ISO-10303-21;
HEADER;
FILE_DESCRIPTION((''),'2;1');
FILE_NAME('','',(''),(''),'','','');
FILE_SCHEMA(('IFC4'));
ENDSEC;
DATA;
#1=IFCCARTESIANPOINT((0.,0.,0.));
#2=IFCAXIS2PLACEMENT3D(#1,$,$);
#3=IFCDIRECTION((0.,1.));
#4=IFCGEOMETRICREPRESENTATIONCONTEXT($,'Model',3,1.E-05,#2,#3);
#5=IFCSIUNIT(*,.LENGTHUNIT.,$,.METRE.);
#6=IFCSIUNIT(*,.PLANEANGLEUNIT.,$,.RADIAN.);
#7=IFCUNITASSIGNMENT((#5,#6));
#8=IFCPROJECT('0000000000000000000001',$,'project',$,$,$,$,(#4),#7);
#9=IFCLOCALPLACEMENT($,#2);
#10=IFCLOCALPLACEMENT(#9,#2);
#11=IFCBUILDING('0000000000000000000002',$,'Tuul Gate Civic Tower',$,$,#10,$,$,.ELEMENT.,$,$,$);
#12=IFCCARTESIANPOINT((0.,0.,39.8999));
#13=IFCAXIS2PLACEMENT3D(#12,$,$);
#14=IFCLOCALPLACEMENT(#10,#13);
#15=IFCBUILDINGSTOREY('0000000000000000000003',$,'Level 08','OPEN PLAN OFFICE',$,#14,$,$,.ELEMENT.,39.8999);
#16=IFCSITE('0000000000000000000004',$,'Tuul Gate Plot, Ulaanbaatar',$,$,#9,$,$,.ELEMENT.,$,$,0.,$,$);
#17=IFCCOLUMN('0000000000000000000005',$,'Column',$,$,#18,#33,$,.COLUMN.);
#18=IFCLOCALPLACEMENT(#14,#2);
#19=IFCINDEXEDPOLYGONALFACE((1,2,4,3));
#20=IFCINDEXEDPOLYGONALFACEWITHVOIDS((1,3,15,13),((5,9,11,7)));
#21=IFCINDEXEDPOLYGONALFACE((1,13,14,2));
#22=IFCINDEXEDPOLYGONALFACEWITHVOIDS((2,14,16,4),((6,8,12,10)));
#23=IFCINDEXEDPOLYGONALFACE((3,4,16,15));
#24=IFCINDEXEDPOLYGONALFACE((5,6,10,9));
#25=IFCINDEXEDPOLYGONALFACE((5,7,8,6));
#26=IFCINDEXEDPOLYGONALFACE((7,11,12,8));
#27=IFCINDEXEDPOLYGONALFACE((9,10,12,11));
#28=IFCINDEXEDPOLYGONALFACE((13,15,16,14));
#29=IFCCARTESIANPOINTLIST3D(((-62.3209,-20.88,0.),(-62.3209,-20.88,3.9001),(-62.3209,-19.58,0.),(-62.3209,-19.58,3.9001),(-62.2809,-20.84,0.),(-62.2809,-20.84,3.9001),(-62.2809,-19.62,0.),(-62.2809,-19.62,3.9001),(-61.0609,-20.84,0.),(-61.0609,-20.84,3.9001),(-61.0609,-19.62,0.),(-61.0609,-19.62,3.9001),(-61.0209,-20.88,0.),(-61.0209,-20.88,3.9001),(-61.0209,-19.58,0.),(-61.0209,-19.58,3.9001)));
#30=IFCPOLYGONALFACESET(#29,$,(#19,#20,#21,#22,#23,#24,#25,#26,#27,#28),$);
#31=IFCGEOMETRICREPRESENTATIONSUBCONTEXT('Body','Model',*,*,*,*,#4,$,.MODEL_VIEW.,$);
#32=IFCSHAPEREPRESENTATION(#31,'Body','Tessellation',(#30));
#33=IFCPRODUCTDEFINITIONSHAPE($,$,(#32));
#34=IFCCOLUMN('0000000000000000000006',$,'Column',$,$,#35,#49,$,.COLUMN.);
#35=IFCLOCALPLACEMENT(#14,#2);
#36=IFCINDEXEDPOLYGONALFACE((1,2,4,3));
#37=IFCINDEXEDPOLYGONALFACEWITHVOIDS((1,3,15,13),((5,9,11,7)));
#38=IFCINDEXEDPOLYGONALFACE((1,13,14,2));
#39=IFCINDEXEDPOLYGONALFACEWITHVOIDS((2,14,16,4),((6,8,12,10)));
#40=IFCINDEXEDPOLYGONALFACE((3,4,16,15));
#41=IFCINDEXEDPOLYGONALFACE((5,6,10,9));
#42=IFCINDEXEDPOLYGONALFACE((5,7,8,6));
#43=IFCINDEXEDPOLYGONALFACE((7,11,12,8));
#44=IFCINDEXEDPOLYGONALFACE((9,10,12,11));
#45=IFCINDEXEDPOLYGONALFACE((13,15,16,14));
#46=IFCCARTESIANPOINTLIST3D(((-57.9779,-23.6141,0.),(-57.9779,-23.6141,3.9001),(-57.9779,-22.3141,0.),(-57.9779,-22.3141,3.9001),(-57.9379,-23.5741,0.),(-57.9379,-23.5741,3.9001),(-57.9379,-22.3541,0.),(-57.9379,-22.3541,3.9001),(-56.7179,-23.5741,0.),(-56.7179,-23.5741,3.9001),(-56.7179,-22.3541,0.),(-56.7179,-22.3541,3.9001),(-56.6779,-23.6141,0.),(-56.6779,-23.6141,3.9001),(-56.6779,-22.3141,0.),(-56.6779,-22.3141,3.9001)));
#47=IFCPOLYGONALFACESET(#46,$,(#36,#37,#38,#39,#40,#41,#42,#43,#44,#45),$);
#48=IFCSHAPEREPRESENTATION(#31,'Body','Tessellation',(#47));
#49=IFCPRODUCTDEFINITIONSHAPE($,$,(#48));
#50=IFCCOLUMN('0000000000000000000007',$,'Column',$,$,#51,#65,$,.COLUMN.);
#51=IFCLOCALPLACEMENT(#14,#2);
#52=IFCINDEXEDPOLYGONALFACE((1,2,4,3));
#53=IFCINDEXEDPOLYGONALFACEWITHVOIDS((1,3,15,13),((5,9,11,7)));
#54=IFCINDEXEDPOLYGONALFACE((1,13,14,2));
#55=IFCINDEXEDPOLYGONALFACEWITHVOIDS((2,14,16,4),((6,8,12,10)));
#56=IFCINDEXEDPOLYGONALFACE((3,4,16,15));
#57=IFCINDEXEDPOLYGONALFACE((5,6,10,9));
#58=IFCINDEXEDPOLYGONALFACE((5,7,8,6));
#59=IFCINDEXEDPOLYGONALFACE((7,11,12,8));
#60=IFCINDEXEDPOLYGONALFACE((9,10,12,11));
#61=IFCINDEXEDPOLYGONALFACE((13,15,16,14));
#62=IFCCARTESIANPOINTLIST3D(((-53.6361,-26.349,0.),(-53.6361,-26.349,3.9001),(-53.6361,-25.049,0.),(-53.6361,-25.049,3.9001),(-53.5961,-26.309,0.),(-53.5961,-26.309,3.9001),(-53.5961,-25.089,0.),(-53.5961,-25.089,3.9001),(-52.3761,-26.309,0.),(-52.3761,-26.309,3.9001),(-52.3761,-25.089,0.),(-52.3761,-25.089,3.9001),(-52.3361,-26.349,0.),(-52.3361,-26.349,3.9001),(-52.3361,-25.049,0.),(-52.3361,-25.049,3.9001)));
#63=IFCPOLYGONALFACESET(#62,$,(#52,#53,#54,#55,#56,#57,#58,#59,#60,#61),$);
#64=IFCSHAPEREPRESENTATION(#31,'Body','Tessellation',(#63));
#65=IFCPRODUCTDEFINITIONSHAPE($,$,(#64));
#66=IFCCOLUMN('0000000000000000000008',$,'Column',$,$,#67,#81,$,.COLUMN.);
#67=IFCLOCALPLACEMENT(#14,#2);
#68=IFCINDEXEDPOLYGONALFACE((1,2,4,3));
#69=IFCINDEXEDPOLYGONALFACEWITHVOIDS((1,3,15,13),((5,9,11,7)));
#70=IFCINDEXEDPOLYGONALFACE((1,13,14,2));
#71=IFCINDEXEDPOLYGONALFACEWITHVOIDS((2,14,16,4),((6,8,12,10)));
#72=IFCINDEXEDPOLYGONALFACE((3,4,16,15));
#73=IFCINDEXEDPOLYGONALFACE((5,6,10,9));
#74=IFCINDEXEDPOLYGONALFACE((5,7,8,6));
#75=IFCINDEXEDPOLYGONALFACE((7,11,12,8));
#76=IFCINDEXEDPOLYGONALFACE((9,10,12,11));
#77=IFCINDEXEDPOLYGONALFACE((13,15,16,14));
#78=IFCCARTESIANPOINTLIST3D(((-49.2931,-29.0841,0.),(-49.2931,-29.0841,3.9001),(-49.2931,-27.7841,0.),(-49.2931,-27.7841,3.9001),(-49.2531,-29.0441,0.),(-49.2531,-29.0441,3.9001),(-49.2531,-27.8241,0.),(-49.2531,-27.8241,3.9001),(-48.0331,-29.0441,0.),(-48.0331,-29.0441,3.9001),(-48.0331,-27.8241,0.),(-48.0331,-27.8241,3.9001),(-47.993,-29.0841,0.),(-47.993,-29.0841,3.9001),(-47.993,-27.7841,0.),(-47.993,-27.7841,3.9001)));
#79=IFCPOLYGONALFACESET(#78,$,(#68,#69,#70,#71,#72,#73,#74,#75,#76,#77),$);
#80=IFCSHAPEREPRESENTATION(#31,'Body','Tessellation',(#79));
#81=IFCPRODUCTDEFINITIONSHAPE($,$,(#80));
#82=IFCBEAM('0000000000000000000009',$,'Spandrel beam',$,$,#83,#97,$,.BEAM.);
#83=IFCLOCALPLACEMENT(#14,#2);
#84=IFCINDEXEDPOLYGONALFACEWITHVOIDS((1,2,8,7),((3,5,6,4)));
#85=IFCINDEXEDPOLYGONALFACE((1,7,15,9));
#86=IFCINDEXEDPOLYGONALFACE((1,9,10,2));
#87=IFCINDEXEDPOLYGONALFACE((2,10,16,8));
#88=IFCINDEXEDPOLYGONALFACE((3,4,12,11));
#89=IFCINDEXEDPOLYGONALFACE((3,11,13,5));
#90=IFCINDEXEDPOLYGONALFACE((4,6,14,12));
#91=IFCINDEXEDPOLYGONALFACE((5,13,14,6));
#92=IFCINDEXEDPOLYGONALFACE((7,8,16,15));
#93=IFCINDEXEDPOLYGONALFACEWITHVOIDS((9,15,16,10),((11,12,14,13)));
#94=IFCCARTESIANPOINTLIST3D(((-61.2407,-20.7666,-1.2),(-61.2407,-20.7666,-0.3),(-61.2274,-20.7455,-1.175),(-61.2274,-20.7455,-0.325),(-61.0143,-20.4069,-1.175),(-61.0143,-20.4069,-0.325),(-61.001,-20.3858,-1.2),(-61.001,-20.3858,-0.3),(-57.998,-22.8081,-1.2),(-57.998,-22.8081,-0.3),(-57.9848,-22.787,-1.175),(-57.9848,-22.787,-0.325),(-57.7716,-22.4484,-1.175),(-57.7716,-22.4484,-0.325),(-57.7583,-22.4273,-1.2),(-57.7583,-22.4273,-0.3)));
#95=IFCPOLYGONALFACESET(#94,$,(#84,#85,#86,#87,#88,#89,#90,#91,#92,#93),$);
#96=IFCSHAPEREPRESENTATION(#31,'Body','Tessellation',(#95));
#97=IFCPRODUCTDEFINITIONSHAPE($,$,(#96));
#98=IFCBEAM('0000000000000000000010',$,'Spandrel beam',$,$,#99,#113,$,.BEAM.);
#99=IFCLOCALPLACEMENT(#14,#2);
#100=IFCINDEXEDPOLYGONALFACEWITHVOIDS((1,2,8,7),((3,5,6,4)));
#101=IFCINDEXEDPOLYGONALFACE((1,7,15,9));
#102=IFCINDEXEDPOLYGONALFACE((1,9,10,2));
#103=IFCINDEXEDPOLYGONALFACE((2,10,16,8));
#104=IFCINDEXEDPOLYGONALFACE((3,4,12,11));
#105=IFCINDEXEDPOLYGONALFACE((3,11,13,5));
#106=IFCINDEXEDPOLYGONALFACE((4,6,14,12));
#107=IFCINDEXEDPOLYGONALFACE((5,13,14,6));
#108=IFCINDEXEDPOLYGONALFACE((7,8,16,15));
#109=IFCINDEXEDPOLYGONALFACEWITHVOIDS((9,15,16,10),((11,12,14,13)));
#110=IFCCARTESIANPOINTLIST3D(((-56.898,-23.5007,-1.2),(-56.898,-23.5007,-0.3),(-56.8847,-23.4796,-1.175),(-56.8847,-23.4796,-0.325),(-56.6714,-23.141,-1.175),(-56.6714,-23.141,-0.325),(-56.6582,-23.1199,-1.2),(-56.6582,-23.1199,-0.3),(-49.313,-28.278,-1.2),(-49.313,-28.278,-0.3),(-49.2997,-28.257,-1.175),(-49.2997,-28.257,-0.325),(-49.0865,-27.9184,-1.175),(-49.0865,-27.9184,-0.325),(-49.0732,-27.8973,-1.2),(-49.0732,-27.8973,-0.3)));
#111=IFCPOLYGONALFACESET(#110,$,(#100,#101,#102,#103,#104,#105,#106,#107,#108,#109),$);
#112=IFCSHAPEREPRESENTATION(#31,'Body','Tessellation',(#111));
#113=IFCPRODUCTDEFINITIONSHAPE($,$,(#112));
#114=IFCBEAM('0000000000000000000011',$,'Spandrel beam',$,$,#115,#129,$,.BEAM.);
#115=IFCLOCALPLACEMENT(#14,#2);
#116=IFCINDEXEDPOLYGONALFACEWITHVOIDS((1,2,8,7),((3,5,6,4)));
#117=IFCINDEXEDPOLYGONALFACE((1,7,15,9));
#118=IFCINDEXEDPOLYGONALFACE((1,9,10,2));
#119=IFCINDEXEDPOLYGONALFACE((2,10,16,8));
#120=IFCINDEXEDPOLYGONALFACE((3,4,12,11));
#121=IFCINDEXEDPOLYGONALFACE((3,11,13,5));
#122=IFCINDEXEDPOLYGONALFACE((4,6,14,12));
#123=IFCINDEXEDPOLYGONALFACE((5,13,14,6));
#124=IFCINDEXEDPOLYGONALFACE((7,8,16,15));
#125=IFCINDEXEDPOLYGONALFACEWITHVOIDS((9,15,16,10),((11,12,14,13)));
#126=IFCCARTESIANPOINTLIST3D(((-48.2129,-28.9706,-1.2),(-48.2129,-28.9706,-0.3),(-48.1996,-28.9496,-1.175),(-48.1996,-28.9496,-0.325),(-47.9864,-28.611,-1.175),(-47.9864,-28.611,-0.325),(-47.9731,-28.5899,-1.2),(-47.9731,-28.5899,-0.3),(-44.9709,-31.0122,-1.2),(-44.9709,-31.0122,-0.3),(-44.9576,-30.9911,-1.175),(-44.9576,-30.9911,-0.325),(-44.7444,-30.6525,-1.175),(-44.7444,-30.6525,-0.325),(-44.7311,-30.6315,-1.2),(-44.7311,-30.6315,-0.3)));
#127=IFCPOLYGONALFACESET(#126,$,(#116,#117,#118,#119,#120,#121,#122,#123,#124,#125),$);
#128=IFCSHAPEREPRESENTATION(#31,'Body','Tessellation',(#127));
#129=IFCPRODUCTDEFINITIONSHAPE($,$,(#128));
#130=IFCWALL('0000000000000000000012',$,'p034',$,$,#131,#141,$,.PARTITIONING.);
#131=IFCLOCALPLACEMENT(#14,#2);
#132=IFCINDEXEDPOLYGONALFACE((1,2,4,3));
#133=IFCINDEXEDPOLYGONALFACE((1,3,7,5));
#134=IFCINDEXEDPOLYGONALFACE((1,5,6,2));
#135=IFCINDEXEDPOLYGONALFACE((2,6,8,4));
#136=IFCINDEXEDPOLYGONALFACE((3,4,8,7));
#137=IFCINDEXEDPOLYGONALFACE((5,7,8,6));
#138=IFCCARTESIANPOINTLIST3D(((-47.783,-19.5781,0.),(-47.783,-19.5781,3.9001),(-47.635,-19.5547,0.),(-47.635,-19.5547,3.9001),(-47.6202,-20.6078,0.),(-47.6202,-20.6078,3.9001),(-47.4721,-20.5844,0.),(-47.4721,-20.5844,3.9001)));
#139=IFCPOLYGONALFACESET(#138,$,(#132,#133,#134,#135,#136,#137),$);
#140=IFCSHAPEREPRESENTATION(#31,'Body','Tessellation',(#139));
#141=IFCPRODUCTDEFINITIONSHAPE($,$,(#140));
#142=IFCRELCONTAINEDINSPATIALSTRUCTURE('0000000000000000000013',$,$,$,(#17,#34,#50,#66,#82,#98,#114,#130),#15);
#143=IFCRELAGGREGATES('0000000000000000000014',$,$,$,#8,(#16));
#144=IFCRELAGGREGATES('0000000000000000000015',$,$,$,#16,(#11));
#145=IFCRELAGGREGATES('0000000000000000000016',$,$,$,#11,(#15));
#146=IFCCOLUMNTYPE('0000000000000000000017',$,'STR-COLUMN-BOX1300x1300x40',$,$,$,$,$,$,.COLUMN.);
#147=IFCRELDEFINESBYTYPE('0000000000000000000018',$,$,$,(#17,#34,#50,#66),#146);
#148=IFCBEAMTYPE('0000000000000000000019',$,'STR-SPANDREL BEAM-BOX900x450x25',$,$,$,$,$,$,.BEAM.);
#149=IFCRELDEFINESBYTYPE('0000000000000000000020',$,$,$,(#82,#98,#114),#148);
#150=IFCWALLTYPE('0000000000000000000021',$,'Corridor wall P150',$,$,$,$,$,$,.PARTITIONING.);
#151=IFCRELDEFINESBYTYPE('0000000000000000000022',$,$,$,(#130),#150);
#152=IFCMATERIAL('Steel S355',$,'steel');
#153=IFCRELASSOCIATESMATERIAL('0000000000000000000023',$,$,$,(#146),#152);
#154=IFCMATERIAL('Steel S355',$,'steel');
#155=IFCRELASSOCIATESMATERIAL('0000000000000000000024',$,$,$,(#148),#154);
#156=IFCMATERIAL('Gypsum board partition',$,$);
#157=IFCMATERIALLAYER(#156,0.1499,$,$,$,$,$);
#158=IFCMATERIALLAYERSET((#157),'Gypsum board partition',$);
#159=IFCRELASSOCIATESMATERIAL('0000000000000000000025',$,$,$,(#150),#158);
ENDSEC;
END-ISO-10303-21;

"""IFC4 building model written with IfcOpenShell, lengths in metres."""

from ifc_helpers import new_model, si_unit, direction, frame, frame_2d, origin, origin_2d, place, context, subcontext, project, spatial, rectangle, hollow_rectangle, extrude, material, layer, layer_set, material_profile, profile_set, type_object, element, save


model = new_model("IFC4")

# Units and contexts
model_context = context("Model", 3, precision=1e-05, world=origin(), true_north=direction((0.0, 1.0)))
body_context = subcontext(model_context, "Body", "Model", "MODEL_VIEW")
ifc_project = project(units=[si_unit("LENGTHUNIT", "METRE"), si_unit("PLANEANGLEUNIT", "RADIAN")], contexts=[model_context])

# Site, building, storey
site_placement = place(None, origin())
site = spatial("IfcSite", under=ifc_project, at=site_placement, Name="Tuul Gate Plot, Ulaanbaatar", CompositionType="ELEMENT", RefElevation=0.0)
building_placement = place(site_placement, origin())
building = spatial("IfcBuilding", under=site, at=building_placement, Name="Tuul Gate Civic Tower", CompositionType="ELEMENT")
storey_placement = place(building_placement, frame((0.0, 0.0, 39.8999)))
storey = spatial("IfcBuildingStorey", under=building, at=storey_placement, Name="Level 08", Description="OPEN PLAN OFFICE", CompositionType="ELEMENT", Elevation=39.8999)

# Columns
ifc_material_1 = material(Name="Steel S355", Category="steel")
ifc_material_profile_1 = material_profile(ifc_material_1, hollow_rectangle(XDim=1.3, YDim=1.3, WallThickness=0.04, at=origin_2d()), Name="BOX1300x1300x40")
ifc_profile_set_1 = profile_set([ifc_material_profile_1], Name="Steel S355")
column_type = type_object("IfcColumnType", Name="STR-COLUMN-BOX1300x1300x40", PredefinedType="COLUMN", material=ifc_profile_set_1)
for number, where, z_axis, x_axis, name in (
    (1, (-61.6709, -20.23, 0.0), (0.0, 0.0, 1.0), (1.0, 0.0, 0.0), "Column"),
    (2, (-57.3279, -22.9641, 0.0), (0.0, 0.0, 1.0), (1.0, 0.0, 0.0), "Column"),
    (3, (-52.9861, -25.699, 0.0), (0.0, 0.0, 1.0), (1.0, 0.0, 0.0), "Column"),
    (4, (-48.6431, -28.4341, 0.0), (0.0, 0.0, 1.0), (1.0, 0.0, 0.0), "Column"),
):
    element("IfcColumn", number, at=place(storey_placement, frame(where, z_axis=z_axis, x_axis=x_axis)), inside=storey, type_object=column_type, Name=name, PredefinedType="COLUMN", context=body_context, shape_type="SweptSolid", body=[
        extrude(hollow_rectangle(XDim=1.3, YDim=1.3, WallThickness=0.04, at=origin_2d()), origin(), (0.0, 0.0, 1.0), 3.9001),
    ])

# Beams
ifc_material_2 = material(Name="Steel S355", Category="steel")
ifc_material_profile_2 = material_profile(ifc_material_2, hollow_rectangle(XDim=0.45, YDim=0.8999, WallThickness=0.0249, at=origin_2d()), Name="BOX900x450x25")
ifc_profile_set_2 = profile_set([ifc_material_profile_2], Name="Steel S355")
beam_type = type_object("IfcBeamType", Name="STR-SPANDREL BEAM-BOX900x450x25", PredefinedType="BEAM", material=ifc_profile_set_2)
beam_1_placement = place(storey_placement, frame((-61.1208, -20.5762, -0.75), z_axis=(0.846254, -0.532779, 0.0), x_axis=(0.532779, 0.846254, 0.0)))
element("IfcBeam", 5, at=beam_1_placement, inside=storey, type_object=beam_type, Name="Spandrel beam", PredefinedType="BEAM", context=body_context, shape_type="SweptSolid", body=[
    extrude(hollow_rectangle(XDim=0.45, YDim=0.8999, WallThickness=0.0249, at=origin_2d()), origin(), (0.0, 0.0, 1.0), 3.8318),
])
beam_2_placement = place(storey_placement, frame((-56.7781, -23.3103, -0.75), z_axis=(0.846151, -0.532943, 0.0), x_axis=(0.532943, 0.846151, 0.0)))
element("IfcBeam", 6, at=beam_2_placement, inside=storey, type_object=beam_type, Name="Spandrel beam", PredefinedType="BEAM", context=body_context, shape_type="SweptSolid", body=[
    extrude(hollow_rectangle(XDim=0.45, YDim=0.8999, WallThickness=0.0249, at=origin_2d()), origin(), (0.0, 0.0, 1.0), 8.9641),
])
beam_3_placement = place(storey_placement, frame((-48.093, -28.7803, -0.75), z_axis=(0.8462, -0.532866, 0.0), x_axis=(0.532866, 0.8462, 0.0)))
element("IfcBeam", 7, at=beam_3_placement, inside=storey, type_object=beam_type, Name="Spandrel beam", PredefinedType="BEAM", context=body_context, shape_type="SweptSolid", body=[
    extrude(hollow_rectangle(XDim=0.45, YDim=0.8999, WallThickness=0.0249, at=origin_2d()), origin(), (0.0, 0.0, 1.0), 3.8313),
])

# Wall
ifc_material_3 = material(Name="Gypsum board partition")
ifc_layer_1 = layer(ifc_material_3, 0.1499)
ifc_layer_set_1 = layer_set([ifc_layer_1], Name="Gypsum board partition")
wall_type_1 = type_object("IfcWallType", Name="Corridor wall P150", PredefinedType="PARTITIONING", material=ifc_layer_set_1)
wall_1_placement = place(storey_placement, frame((-47.709, -19.5664, 0.0), z_axis=(0.0, 0.0, 1.0), x_axis=(0.156191, -0.987727, 0.0)))
element("IfcWall", 8, at=wall_1_placement, inside=storey, type_object=wall_type_1, Name="p034", PredefinedType="PARTITIONING", context=body_context, shape_type="SweptSolid", body=[
    extrude(rectangle(XDim=1.0425, YDim=0.1499, at=frame_2d((0.5212, 0.0))), origin(), (0.0, 0.0, 1.0), 3.9001),
])

save(model, "model.ifc")
